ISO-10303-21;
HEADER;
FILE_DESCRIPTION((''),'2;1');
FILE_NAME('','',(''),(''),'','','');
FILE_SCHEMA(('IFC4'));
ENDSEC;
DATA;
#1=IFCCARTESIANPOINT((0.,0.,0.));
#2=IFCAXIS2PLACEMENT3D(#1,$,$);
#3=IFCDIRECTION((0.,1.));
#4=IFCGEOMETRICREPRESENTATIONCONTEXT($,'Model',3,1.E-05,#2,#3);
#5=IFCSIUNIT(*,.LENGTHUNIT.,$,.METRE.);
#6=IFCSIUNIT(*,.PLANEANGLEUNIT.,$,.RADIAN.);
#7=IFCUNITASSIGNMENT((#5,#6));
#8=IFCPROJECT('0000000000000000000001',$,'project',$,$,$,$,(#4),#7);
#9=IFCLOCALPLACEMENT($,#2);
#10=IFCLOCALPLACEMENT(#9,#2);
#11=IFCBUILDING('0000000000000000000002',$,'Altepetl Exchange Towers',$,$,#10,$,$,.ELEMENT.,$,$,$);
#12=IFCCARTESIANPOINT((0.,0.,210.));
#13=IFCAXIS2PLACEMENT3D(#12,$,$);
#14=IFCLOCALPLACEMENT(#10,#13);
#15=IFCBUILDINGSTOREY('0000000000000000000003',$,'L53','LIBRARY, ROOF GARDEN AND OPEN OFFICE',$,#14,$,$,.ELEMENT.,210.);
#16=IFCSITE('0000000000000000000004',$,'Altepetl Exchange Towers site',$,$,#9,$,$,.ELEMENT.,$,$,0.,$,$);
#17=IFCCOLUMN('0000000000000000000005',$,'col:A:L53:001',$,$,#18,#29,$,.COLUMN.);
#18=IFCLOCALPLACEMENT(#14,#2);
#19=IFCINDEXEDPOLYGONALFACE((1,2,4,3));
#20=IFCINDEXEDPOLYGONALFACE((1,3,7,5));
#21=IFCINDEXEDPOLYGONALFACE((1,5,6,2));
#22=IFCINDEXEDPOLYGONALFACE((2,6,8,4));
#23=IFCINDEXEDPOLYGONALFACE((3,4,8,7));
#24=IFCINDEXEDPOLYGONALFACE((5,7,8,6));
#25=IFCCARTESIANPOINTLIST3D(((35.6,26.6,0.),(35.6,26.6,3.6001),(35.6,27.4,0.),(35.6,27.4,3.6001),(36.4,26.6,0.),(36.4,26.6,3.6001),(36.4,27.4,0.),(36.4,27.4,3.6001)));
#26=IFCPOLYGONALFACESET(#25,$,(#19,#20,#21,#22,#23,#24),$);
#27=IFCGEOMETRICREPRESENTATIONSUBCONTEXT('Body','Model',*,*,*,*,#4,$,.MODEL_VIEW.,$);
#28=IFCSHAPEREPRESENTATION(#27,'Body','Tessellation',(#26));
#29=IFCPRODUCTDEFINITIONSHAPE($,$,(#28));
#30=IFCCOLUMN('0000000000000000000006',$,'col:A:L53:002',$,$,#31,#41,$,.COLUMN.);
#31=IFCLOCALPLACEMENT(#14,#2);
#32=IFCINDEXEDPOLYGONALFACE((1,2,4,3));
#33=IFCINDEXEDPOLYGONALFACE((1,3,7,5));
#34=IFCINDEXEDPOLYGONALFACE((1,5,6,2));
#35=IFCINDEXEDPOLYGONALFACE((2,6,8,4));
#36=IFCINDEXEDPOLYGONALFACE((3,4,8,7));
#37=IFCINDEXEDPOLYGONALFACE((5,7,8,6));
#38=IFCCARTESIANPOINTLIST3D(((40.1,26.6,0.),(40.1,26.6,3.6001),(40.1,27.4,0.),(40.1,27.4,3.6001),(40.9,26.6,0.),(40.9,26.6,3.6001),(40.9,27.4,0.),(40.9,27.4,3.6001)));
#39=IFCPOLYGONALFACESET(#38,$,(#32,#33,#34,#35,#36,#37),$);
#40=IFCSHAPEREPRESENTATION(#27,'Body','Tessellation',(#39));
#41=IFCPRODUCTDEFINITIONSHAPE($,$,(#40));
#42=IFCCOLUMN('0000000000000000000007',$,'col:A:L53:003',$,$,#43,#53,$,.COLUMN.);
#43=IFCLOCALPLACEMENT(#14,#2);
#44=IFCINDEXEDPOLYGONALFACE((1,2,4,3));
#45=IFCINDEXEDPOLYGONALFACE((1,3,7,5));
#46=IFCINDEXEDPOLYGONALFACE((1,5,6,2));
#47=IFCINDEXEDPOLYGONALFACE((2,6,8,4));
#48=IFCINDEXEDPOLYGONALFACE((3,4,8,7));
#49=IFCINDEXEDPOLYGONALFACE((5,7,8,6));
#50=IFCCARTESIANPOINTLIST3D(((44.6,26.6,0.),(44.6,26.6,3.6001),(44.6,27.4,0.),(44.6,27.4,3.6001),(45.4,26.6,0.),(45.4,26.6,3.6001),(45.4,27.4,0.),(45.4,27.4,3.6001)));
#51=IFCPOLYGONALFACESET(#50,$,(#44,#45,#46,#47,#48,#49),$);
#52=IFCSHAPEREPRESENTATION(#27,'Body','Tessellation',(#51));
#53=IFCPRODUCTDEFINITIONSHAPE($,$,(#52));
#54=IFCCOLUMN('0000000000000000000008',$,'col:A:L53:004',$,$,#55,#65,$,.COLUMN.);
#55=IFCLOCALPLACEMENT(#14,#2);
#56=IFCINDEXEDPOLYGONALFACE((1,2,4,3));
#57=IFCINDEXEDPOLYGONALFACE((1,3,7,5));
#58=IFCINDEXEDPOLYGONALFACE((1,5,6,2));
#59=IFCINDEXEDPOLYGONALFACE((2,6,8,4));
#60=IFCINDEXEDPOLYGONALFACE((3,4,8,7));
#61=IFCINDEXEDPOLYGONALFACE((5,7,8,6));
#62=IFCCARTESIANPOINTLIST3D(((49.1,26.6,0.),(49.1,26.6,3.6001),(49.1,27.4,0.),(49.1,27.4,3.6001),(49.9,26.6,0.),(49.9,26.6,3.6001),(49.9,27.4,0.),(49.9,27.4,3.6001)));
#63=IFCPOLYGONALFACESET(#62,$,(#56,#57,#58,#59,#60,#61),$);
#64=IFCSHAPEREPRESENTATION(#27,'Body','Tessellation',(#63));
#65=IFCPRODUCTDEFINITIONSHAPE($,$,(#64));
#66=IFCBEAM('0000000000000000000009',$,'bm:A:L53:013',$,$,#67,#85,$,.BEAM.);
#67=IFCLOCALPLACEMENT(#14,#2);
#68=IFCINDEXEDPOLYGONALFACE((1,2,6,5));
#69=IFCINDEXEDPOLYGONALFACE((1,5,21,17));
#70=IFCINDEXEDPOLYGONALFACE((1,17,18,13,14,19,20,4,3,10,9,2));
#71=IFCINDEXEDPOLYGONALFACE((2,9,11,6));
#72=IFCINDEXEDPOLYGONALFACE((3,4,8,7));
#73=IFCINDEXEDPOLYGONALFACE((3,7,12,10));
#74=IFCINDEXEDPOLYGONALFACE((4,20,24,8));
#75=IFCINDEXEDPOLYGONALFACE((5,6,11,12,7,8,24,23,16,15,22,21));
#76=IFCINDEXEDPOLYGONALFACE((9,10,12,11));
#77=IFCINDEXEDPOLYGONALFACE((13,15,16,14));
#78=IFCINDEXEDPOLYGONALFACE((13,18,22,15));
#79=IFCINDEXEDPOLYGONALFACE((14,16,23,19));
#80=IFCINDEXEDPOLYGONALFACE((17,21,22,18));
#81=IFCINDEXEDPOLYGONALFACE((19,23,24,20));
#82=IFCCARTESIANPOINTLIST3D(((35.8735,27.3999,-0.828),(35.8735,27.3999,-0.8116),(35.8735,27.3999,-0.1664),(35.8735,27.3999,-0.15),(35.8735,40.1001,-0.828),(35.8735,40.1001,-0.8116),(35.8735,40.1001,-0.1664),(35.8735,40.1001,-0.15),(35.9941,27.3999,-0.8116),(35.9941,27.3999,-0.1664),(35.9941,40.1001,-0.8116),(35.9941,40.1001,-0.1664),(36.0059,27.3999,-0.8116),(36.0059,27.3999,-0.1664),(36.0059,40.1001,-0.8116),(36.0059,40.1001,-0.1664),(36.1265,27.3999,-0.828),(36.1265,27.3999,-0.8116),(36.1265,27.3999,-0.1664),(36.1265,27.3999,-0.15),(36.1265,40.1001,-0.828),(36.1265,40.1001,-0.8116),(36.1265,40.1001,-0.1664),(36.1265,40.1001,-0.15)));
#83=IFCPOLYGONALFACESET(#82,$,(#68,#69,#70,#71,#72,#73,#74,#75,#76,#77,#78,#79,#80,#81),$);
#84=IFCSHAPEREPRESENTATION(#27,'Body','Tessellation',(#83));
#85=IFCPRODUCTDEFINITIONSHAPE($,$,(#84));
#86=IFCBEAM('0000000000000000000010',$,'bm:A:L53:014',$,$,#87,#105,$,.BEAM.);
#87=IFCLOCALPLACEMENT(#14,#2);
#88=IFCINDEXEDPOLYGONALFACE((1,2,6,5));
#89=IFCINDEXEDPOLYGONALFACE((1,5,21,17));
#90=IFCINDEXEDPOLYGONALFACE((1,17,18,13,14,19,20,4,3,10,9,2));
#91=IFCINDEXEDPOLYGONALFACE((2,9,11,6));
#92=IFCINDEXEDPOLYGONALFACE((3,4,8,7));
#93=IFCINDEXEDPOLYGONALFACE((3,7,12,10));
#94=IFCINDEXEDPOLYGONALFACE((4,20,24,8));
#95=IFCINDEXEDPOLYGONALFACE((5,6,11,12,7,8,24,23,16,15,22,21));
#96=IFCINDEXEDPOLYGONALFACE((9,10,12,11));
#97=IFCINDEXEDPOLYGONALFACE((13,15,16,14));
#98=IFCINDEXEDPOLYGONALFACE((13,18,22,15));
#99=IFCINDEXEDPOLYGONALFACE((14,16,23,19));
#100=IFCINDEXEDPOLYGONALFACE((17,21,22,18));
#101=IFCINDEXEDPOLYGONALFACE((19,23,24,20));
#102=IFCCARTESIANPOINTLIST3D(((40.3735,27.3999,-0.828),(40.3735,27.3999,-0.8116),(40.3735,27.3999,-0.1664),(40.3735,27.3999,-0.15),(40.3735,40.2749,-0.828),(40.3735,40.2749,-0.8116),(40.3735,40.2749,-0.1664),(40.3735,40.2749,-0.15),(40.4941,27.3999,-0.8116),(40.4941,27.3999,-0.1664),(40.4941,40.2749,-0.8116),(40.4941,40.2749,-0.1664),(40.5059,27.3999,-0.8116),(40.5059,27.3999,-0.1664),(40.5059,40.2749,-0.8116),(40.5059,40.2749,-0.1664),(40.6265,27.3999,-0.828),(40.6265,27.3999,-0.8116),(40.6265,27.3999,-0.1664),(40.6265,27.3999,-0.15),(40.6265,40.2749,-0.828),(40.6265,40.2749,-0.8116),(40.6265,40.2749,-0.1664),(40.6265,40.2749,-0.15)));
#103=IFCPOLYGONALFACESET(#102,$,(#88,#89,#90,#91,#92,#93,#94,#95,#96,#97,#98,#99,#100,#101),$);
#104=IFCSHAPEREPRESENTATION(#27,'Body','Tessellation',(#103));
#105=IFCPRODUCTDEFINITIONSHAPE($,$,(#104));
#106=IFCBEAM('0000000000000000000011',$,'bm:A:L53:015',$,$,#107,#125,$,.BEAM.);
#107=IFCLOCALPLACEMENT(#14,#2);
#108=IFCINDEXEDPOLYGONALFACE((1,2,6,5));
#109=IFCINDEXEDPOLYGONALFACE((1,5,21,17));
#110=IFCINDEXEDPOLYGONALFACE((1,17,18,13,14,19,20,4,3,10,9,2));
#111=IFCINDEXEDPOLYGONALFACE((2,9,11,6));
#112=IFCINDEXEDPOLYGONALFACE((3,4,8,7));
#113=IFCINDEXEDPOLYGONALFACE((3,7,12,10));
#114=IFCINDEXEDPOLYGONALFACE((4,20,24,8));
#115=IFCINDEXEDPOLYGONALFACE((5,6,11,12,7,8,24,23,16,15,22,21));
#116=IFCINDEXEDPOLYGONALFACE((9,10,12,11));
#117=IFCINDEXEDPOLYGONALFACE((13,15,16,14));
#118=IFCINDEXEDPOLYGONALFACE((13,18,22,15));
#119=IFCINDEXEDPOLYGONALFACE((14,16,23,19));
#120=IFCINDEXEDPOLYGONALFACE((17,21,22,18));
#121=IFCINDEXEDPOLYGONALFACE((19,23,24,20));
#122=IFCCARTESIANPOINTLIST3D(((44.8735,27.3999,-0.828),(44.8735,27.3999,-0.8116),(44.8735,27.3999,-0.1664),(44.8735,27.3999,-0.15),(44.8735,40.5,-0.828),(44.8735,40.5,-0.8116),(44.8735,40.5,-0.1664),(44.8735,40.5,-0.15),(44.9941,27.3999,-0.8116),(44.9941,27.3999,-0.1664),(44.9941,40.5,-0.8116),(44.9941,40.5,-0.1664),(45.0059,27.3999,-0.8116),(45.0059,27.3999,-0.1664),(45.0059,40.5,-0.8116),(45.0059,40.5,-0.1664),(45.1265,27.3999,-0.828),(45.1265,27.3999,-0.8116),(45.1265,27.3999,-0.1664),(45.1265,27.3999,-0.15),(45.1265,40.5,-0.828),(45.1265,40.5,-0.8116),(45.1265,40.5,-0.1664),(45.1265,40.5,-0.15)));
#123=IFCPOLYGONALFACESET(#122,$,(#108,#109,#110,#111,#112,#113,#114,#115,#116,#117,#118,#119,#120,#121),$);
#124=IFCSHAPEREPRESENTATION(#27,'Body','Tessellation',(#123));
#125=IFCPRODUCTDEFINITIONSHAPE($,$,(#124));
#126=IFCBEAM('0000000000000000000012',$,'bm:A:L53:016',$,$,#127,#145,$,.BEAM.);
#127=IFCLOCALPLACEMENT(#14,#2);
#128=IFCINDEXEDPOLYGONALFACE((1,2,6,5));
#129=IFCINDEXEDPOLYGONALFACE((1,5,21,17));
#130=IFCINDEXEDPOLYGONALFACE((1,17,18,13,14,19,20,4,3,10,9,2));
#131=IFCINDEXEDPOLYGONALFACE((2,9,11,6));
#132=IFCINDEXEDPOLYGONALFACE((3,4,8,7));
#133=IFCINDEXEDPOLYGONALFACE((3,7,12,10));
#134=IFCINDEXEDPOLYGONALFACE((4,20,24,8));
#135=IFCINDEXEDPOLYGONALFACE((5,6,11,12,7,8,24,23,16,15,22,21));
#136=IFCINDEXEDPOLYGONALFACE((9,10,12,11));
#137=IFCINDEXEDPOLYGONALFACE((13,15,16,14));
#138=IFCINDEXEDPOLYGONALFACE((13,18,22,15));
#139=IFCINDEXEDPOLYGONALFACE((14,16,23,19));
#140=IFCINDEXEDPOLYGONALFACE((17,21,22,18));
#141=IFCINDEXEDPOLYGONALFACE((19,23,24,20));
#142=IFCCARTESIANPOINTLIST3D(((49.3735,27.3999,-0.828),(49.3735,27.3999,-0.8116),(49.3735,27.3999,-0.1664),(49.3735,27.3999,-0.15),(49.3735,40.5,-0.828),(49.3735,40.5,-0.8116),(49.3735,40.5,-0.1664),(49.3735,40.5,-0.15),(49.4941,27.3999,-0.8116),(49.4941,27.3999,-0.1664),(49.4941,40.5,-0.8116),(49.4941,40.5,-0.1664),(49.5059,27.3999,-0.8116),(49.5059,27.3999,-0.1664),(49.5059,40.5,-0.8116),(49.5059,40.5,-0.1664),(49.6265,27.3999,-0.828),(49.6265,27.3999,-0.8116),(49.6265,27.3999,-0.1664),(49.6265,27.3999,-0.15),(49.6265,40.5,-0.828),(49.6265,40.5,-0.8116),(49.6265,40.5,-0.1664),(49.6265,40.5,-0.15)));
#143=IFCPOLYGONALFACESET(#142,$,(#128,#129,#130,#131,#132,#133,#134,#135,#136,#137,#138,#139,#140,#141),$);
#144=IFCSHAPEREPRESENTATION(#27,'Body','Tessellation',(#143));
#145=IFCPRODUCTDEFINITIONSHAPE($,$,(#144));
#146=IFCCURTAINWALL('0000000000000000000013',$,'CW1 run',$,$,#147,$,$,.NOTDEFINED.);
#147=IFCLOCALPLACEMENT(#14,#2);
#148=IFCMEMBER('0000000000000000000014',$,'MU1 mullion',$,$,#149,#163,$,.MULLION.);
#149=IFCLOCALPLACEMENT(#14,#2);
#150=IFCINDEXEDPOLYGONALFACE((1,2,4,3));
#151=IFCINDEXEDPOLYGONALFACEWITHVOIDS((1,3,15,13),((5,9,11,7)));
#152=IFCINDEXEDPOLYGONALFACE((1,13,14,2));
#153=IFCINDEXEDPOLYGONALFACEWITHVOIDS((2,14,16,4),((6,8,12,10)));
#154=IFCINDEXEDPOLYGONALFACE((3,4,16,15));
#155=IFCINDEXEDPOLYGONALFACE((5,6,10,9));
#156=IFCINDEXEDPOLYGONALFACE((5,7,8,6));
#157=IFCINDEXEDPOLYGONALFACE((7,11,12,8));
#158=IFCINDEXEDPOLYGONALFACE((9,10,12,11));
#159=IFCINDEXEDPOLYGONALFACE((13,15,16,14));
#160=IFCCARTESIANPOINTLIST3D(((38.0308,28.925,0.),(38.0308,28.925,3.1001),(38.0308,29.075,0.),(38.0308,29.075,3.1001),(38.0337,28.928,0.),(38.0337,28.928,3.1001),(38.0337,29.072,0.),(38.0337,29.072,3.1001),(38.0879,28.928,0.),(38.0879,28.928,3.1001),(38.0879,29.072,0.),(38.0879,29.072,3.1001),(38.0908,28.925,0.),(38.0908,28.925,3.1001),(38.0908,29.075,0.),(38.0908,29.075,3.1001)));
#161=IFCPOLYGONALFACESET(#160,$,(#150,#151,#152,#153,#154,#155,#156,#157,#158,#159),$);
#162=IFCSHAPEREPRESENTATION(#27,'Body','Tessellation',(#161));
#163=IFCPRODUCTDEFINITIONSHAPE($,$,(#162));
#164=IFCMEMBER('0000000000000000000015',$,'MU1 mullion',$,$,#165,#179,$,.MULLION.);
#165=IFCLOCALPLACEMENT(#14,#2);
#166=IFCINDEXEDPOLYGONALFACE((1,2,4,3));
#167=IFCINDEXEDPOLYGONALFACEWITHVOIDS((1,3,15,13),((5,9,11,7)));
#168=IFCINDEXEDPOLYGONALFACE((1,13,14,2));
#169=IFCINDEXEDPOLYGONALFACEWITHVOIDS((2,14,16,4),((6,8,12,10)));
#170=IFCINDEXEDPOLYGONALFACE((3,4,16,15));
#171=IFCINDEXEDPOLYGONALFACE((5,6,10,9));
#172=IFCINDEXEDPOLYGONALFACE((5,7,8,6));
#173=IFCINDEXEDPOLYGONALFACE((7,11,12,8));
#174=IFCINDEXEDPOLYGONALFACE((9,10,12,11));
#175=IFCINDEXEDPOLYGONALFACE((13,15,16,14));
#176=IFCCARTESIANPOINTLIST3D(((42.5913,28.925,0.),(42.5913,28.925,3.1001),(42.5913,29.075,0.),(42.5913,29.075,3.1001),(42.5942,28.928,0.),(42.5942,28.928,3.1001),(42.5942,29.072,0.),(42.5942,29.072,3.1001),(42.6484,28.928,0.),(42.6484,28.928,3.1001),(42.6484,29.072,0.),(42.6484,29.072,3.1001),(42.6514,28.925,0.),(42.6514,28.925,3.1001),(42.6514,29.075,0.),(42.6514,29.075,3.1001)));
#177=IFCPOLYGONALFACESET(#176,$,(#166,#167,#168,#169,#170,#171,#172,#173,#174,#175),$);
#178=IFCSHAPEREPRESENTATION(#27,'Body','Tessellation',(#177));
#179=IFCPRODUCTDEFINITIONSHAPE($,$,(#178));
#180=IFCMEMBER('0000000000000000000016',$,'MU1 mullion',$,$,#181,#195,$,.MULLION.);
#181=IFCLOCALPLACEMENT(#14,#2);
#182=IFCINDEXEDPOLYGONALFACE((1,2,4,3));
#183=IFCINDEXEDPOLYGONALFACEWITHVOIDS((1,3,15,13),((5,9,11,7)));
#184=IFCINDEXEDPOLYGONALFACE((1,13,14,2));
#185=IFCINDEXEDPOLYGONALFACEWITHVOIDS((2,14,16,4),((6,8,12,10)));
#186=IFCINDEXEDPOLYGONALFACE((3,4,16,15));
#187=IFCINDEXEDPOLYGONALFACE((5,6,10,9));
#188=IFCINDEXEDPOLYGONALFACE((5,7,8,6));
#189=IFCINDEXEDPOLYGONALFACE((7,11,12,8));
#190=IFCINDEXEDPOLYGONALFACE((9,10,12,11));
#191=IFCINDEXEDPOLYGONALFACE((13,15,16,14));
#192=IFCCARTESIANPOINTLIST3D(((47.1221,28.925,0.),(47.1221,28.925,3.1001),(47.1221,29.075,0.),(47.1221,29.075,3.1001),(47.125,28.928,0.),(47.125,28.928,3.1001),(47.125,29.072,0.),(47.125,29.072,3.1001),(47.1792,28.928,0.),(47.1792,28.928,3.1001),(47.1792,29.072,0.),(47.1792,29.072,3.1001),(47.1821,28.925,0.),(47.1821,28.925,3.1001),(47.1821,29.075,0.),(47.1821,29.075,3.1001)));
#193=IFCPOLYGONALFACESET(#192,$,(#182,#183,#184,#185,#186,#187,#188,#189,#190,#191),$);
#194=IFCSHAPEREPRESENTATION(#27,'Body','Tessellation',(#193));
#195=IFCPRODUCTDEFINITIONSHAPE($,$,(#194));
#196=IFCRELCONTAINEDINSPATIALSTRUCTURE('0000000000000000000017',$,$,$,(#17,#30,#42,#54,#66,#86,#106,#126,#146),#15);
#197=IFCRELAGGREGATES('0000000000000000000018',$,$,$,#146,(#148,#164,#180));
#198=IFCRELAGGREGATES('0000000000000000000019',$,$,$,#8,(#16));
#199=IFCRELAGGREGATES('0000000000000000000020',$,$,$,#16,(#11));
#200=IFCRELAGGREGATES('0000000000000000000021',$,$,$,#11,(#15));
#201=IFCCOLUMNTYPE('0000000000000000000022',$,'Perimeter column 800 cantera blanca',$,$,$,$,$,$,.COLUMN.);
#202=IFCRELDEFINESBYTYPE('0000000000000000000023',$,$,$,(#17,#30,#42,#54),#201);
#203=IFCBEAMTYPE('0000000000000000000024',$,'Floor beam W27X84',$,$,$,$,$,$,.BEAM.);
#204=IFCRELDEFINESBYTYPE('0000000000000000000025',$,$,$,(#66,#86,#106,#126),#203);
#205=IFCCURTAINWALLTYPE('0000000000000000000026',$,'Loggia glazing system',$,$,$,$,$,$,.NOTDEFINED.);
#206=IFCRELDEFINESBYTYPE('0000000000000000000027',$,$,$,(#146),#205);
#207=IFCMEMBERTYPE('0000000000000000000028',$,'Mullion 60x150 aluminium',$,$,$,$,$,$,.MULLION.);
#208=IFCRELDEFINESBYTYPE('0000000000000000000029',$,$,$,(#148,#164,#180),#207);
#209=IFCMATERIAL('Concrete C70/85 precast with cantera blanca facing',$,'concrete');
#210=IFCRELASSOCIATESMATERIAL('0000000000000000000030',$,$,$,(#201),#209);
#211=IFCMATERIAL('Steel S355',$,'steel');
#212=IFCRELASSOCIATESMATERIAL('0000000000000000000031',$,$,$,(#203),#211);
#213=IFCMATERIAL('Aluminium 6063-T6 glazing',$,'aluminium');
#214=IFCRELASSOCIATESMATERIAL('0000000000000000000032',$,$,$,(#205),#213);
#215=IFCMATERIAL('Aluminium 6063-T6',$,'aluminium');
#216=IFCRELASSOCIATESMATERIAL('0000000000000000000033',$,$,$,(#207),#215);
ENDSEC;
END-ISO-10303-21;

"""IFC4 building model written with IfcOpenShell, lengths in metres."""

from ifc_helpers import new_model, si_unit, direction, frame, origin, origin_2d, place, context, subcontext, project, spatial, rectangle, hollow_rectangle, i_section, extrude, material, material_profile, profile_set, type_object, element, aggregate, save


model = new_model("IFC4")

# Units and contexts
model_context = context("Model", 3, precision=1e-05, world=origin(), true_north=direction((0.0, 1.0)))
body_context = subcontext(model_context, "Body", "Model", "MODEL_VIEW")
ifc_project = project(units=[si_unit("LENGTHUNIT", "METRE"), si_unit("PLANEANGLEUNIT", "RADIAN")], contexts=[model_context])

# Site, building, storey
site_placement = place(None, origin())
site = spatial("IfcSite", under=ifc_project, at=site_placement, Name="Altepetl Exchange Towers site", CompositionType="ELEMENT", RefElevation=0.0)
building_placement = place(site_placement, origin())
building = spatial("IfcBuilding", under=site, at=building_placement, Name="Altepetl Exchange Towers", CompositionType="ELEMENT")
storey_placement = place(building_placement, frame((0.0, 0.0, 210.0)))
storey = spatial("IfcBuildingStorey", under=building, at=storey_placement, Name="L53", Description="LIBRARY, ROOF GARDEN AND OPEN OFFICE", CompositionType="ELEMENT", Elevation=210.0)

# Columns
ifc_material_1 = material(Name="Concrete C70/85 precast with cantera blanca facing", Category="concrete")
ifc_material_profile_1 = material_profile(ifc_material_1, rectangle(XDim=0.8, YDim=0.8, at=origin_2d()), Name="800 x 800")
ifc_profile_set_1 = profile_set([ifc_material_profile_1], Name="Concrete C70/85 precast with cantera blanca facing")
column_type = type_object("IfcColumnType", Name="Perimeter column 800 cantera blanca", PredefinedType="COLUMN", material=ifc_profile_set_1)
for number, where, name in (
    (1, (36.0, 27.0, 0.0), "col:A:L53:001"),
    (2, (40.5, 27.0, 0.0), "col:A:L53:002"),
    (3, (45.0, 27.0, 0.0), "col:A:L53:003"),
    (4, (49.5, 27.0, 0.0), "col:A:L53:004"),
):
    element("IfcColumn", number, at=place(storey_placement, frame(where)), inside=storey, type_object=column_type, Name=name, PredefinedType="COLUMN", context=body_context, shape_type="SweptSolid", body=[
        extrude(rectangle(XDim=0.8, YDim=0.8, at=origin_2d()), origin(), (0.0, 0.0, 1.0), 3.6001),
    ])

# Beams
ifc_material_2 = material(Name="Steel S355", Category="steel")
ifc_material_profile_2 = material_profile(ifc_material_2, i_section(OverallWidth=0.2529, OverallDepth=0.678, WebThickness=0.0117, FlangeThickness=0.0164, at=origin_2d()), Name="W27X84")
ifc_profile_set_2 = profile_set([ifc_material_profile_2], Name="Steel S355")
beam_type_1 = type_object("IfcBeamType", Name="Floor beam W27X84", PredefinedType="BEAM", material=ifc_profile_set_2)
beam_1_placement = place(storey_placement, frame((36.0, 27.3999, -0.489), z_axis=(0.0, 1.0, 0.0), x_axis=(-1.0, 0.0, 0.0)))
element("IfcBeam", 5, at=beam_1_placement, inside=storey, type_object=beam_type_1, Name="bm:A:L53:013", PredefinedType="BEAM", context=body_context, shape_type="SweptSolid", body=[
    extrude(i_section(OverallWidth=0.2529, OverallDepth=0.678, WebThickness=0.0117, FlangeThickness=0.0164, at=origin_2d()), origin(), (0.0, 0.0, 1.0), 12.7002),
])
beam_2_placement = place(storey_placement, frame((40.5, 27.3999, -0.489), z_axis=(0.0, 1.0, 0.0), x_axis=(-1.0, 0.0, 0.0)))
element("IfcBeam", 6, at=beam_2_placement, inside=storey, type_object=beam_type_1, Name="bm:A:L53:014", PredefinedType="BEAM", context=body_context, shape_type="SweptSolid", body=[
    extrude(i_section(OverallWidth=0.2529, OverallDepth=0.678, WebThickness=0.0117, FlangeThickness=0.0164, at=origin_2d()), origin(), (0.0, 0.0, 1.0), 12.875),
])
for number, where, z_axis, x_axis, name in (
    (7, (45.0, 27.3999, -0.489), (0.0, 1.0, 0.0), (-1.0, 0.0, 0.0), "bm:A:L53:015"),
    (8, (49.5, 27.3999, -0.489), (0.0, 1.0, 0.0), (-1.0, 0.0, 0.0), "bm:A:L53:016"),
):
    element("IfcBeam", number, at=place(storey_placement, frame(where, z_axis=z_axis, x_axis=x_axis)), inside=storey, type_object=beam_type_1, Name=name, PredefinedType="BEAM", context=body_context, shape_type="SweptSolid", body=[
        extrude(i_section(OverallWidth=0.2529, OverallDepth=0.678, WebThickness=0.0117, FlangeThickness=0.0164, at=origin_2d()), origin(), (0.0, 0.0, 1.0), 13.1001),
    ])

# Curtain wall, members
ifc_material_3 = material(Name="Aluminium 6063-T6 glazing", Category="aluminium")
curtain_wall_type = type_object("IfcCurtainWallType", Name="Loggia glazing system", PredefinedType="NOTDEFINED", material=ifc_material_3)
curtain_wall_placement = place(storey_placement, origin())
curtain_wall = element("IfcCurtainWall", 9, at=curtain_wall_placement, inside=storey, type_object=curtain_wall_type, Name="CW1 run", PredefinedType="NOTDEFINED")
ifc_material_4 = material(Name="Aluminium 6063-T6", Category="aluminium")
ifc_material_profile_3 = material_profile(ifc_material_4, hollow_rectangle(XDim=0.0601, YDim=0.1499, WallThickness=0.0029, at=origin_2d()), Name="Mullion 60x150 aluminium")
ifc_profile_set_3 = profile_set([ifc_material_profile_3], Name="Aluminium 6063-T6")
member_type = type_object("IfcMemberType", Name="Mullion 60x150 aluminium", PredefinedType="MULLION", material=ifc_profile_set_3)
member_1_placement = place(storey_placement, frame((38.0608, 29.0, 0.0)))
member_1 = element("IfcMember", 10, at=member_1_placement, type_object=member_type, Name="MU1 mullion", PredefinedType="MULLION", context=body_context, shape_type="SweptSolid", body=[
    extrude(hollow_rectangle(XDim=0.0601, YDim=0.1499, WallThickness=0.0029, at=origin_2d()), origin(), (0.0, 0.0, 1.0), 3.1001),
])
member_2_placement = place(storey_placement, frame((42.6213, 29.0, 0.0)))
member_2 = element("IfcMember", 11, at=member_2_placement, type_object=member_type, Name="MU1 mullion", PredefinedType="MULLION", context=body_context, shape_type="SweptSolid", body=[
    extrude(hollow_rectangle(XDim=0.0601, YDim=0.1499, WallThickness=0.0029, at=origin_2d()), origin(), (0.0, 0.0, 1.0), 3.1001),
])
member_3_placement = place(storey_placement, frame((47.1521, 29.0, 0.0)))
member_3 = element("IfcMember", 12, at=member_3_placement, type_object=member_type, Name="MU1 mullion", PredefinedType="MULLION", context=body_context, shape_type="SweptSolid", body=[
    extrude(hollow_rectangle(XDim=0.0601, YDim=0.1499, WallThickness=0.0029, at=origin_2d()), origin(), (0.0, 0.0, 1.0), 3.1001),
])

aggregate(curtain_wall, [member_1, member_2, member_3])

save(model, "model.ifc")
